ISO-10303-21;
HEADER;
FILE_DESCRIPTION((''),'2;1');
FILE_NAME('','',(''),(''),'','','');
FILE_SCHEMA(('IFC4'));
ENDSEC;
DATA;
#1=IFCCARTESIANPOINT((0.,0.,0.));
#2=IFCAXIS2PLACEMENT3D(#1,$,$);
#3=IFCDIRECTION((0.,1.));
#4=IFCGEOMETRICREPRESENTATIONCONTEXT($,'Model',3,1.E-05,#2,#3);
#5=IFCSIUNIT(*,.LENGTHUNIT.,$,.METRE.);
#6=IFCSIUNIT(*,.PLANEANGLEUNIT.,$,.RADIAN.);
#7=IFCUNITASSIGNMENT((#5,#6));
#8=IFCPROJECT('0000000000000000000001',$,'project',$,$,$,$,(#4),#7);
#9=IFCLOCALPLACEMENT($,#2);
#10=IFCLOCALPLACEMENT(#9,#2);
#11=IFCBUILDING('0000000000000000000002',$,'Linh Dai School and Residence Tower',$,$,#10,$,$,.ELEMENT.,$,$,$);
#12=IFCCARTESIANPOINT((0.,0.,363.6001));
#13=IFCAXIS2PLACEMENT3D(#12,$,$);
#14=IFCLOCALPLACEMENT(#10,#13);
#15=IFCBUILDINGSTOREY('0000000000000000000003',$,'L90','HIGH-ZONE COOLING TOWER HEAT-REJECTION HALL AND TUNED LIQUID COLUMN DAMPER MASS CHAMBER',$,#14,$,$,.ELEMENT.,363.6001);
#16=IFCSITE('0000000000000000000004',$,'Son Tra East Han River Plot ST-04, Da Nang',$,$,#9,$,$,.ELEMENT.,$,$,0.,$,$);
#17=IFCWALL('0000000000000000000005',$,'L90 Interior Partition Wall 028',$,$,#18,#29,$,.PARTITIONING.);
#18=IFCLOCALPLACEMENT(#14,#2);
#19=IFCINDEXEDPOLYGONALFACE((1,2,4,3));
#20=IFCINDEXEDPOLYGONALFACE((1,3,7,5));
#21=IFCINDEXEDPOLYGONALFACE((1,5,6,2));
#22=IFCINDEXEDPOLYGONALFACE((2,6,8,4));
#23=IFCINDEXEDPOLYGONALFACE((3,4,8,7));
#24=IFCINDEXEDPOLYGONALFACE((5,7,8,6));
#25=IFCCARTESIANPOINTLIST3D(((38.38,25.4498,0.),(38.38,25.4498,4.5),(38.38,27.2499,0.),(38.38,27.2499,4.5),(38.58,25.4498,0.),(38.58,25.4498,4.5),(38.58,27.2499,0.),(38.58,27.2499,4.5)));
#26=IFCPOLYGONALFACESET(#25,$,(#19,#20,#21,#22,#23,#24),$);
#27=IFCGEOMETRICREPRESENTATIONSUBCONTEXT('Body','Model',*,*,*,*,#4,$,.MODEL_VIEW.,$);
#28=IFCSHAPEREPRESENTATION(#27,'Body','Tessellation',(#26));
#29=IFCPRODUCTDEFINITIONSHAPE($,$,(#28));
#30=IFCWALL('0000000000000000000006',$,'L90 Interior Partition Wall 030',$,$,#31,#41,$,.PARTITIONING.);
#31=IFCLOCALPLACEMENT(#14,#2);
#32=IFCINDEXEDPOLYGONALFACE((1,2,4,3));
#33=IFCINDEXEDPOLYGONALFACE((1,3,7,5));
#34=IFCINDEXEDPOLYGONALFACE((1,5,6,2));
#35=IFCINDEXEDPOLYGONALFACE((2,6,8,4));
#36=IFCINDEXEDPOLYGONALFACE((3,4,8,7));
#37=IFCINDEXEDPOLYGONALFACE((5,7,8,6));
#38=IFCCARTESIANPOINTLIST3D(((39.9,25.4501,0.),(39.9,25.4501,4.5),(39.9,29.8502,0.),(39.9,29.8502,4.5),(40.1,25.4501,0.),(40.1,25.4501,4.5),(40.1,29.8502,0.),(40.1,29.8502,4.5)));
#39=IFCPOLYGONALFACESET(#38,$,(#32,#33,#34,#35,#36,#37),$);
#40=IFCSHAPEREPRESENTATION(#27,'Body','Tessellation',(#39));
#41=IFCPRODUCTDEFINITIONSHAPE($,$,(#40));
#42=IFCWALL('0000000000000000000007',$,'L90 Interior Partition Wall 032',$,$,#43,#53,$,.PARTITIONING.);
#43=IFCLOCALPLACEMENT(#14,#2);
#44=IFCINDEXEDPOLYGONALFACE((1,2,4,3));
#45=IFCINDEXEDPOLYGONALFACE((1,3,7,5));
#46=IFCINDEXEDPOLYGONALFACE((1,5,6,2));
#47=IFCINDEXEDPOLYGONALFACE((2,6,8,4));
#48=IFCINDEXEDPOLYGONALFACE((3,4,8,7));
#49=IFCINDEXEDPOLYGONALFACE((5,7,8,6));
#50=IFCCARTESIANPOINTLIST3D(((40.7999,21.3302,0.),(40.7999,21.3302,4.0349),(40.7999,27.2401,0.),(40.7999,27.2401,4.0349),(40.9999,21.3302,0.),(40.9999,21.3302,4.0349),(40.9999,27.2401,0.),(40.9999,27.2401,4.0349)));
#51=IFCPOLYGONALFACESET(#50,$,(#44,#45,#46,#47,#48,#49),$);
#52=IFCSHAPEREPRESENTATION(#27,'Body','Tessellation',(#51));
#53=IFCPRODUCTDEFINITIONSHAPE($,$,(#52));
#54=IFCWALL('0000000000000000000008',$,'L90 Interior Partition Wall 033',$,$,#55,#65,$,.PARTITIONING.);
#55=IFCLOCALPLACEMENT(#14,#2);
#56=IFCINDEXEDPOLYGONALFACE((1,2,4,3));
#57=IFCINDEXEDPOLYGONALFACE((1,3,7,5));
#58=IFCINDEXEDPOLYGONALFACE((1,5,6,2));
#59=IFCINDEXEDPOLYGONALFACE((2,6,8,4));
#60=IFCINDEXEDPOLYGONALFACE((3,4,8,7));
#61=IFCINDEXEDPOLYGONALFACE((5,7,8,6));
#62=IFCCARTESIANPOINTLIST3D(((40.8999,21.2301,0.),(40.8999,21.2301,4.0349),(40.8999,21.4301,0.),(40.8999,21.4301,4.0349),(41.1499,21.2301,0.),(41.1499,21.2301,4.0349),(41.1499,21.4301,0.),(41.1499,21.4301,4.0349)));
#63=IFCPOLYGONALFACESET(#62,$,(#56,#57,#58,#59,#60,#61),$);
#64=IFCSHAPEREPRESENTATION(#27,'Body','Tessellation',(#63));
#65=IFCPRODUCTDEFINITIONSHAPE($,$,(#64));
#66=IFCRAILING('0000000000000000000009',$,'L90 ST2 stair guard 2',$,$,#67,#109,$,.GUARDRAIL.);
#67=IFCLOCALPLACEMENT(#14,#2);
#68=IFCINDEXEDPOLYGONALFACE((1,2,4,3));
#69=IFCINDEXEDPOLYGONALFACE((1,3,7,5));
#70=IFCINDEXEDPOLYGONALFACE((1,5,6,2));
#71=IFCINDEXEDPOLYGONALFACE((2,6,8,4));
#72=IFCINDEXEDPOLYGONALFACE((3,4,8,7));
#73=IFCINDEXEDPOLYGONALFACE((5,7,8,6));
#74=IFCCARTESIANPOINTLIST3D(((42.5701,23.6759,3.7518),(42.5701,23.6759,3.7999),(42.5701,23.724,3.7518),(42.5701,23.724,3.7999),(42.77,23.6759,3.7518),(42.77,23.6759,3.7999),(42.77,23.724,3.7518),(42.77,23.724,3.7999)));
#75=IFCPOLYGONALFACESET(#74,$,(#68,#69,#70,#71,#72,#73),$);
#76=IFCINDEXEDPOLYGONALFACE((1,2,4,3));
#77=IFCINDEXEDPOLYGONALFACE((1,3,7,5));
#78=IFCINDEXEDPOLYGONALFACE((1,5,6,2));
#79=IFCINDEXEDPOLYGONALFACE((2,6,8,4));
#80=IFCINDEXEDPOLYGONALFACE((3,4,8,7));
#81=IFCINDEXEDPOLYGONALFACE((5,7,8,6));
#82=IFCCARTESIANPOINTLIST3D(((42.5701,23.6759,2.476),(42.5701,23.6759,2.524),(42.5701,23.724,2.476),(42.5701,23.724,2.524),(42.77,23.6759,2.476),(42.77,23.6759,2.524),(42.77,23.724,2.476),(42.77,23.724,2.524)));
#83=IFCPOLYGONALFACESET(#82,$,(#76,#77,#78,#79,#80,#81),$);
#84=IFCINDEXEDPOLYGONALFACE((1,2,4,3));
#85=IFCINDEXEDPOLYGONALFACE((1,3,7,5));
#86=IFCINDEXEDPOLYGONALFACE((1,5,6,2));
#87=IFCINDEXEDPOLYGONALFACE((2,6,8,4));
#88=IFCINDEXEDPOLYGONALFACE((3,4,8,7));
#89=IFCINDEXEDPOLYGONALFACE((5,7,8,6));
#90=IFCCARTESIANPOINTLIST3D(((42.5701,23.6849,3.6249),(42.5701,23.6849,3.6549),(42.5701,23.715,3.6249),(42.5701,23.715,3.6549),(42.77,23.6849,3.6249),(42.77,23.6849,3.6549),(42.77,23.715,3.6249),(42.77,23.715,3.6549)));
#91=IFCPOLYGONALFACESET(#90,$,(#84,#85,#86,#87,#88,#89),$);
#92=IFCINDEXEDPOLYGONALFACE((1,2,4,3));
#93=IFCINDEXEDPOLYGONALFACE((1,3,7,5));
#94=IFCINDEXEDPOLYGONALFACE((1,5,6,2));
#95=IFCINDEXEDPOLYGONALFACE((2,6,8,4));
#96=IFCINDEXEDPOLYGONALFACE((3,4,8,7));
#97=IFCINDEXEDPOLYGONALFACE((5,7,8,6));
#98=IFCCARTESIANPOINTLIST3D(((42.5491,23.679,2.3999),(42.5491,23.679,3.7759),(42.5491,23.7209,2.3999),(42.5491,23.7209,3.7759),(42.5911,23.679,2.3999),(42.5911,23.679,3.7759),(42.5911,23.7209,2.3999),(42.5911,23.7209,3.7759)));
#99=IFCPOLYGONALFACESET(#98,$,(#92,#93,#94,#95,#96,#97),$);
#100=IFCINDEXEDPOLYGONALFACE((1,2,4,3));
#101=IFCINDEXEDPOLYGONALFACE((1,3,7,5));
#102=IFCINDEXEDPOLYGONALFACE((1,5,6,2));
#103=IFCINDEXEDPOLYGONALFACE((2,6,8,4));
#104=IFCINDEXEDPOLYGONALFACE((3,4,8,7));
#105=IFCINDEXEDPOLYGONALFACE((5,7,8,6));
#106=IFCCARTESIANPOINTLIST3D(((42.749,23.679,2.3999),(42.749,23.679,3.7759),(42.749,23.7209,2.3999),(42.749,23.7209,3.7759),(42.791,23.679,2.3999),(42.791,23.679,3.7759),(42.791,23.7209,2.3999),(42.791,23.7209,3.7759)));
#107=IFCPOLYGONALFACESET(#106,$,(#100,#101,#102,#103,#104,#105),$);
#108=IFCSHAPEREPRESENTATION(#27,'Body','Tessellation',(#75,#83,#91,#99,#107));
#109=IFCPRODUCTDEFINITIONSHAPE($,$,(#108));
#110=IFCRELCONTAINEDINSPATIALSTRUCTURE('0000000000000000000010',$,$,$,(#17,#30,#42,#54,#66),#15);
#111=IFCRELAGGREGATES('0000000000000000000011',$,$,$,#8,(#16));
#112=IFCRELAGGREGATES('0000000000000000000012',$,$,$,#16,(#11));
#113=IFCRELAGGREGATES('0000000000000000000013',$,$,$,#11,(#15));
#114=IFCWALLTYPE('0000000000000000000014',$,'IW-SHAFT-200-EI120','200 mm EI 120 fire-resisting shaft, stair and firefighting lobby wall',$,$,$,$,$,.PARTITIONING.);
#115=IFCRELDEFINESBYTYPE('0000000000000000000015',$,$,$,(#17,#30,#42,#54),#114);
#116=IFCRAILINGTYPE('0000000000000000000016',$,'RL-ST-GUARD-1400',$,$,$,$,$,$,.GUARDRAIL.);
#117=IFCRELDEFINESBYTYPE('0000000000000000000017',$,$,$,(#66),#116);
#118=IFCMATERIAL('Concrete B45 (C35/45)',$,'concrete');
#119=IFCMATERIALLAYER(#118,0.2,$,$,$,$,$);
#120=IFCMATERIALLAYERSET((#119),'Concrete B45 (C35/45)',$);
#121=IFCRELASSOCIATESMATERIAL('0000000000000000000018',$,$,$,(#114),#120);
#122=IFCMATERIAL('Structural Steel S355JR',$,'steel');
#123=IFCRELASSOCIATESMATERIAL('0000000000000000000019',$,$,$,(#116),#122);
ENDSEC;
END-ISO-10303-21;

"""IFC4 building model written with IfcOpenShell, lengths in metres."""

from ifc_helpers import new_model, si_unit, direction, frame, frame_2d, origin, origin_2d, place, context, subcontext, project, spatial, rectangle, extrude, source, transform, mapped, material, layer, layer_set, type_object, element, save


model = new_model("IFC4")

# Units and contexts
model_context = context("Model", 3, precision=1e-05, world=origin(), true_north=direction((0.0, 1.0)))
body_context = subcontext(model_context, "Body", "Model", "MODEL_VIEW")
ifc_project = project(units=[si_unit("LENGTHUNIT", "METRE"), si_unit("PLANEANGLEUNIT", "RADIAN")], contexts=[model_context])

# Site, building, storey
site_placement = place(None, origin())
site = spatial("IfcSite", under=ifc_project, at=site_placement, Name="Son Tra East Han River Plot ST-04, Da Nang", CompositionType="ELEMENT", RefElevation=0.0)
building_placement = place(site_placement, origin())
building = spatial("IfcBuilding", under=site, at=building_placement, Name="Linh Dai School and Residence Tower", CompositionType="ELEMENT")
storey_placement = place(building_placement, frame((0.0, 0.0, 363.6001)))
storey = spatial("IfcBuildingStorey", under=building, at=storey_placement, Name="L90", Description="HIGH-ZONE COOLING TOWER HEAT-REJECTION HALL AND TUNED LIQUID COLUMN DAMPER MASS CHAMBER", CompositionType="ELEMENT", Elevation=363.6001)

# Shared definitions
ifc_material_1 = material(Name="Structural Steel S355JR", Category="steel")

# Shared definitions
ifc_material_2 = material(Name="Concrete B45 (C35/45)", Category="concrete")

# Walls
ifc_layer_1 = layer(ifc_material_2, 0.2)
ifc_layer_set_1 = layer_set([ifc_layer_1], Name="Concrete B45 (C35/45)")
wall_type_1 = type_object("IfcWallType", Name="IW-SHAFT-200-EI120", Description="200 mm EI 120 fire-resisting shaft, stair and firefighting lobby wall", PredefinedType="PARTITIONING", material=ifc_layer_set_1)
for number, where, z_axis, x_axis, name in (
    (1, (38.48, 25.45, 0.0), (0.0, 0.0, 1.0), (0.0, 1.0, 0.0), "L90 Interior Partition Wall 028"),
):
    element("IfcWall", number, at=place(storey_placement, frame(where, z_axis=z_axis, x_axis=x_axis)), inside=storey, type_object=wall_type_1, Name=name, PredefinedType="PARTITIONING", context=body_context, shape_type="SweptSolid", body=[
        extrude(rectangle(XDim=1.8, YDim=0.2, at=frame_2d((0.8999, 0.0))), origin(), (0.0, 0.0, 1.0), 4.5),
    ])
wall_1_placement = place(storey_placement, frame((40.0, 25.45, 0.0), z_axis=(0.0, 0.0, 1.0), x_axis=(0.0, 1.0, 0.0)))
element("IfcWall", 2, at=wall_1_placement, inside=storey, type_object=wall_type_1, Name="L90 Interior Partition Wall 030", PredefinedType="PARTITIONING", context=body_context, shape_type="SweptSolid", body=[
    extrude(rectangle(XDim=4.4001, YDim=0.2, at=frame_2d((2.2002, 0.0))), origin(), (0.0, 0.0, 1.0), 4.5),
])
wall_2_placement = place(storey_placement, frame((40.8999, 21.3301, 0.0), z_axis=(0.0, 0.0, 1.0), x_axis=(0.0, 1.0, 0.0)))
element("IfcWall", 3, at=wall_2_placement, inside=storey, type_object=wall_type_1, Name="L90 Interior Partition Wall 032", PredefinedType="PARTITIONING", context=body_context, shape_type="SweptSolid", body=[
    extrude(rectangle(XDim=5.9099, YDim=0.2, at=frame_2d((2.9551, 0.0))), origin(), (0.0, 0.0, 1.0), 4.0349),
])
wall_3_placement = place(storey_placement, frame((40.8999, 21.3301, 0.0), z_axis=(0.0, 0.0, 1.0), x_axis=(1.0, 0.0, 0.0)))
element("IfcWall", 4, at=wall_3_placement, inside=storey, type_object=wall_type_1, Name="L90 Interior Partition Wall 033", PredefinedType="PARTITIONING", context=body_context, shape_type="SweptSolid", body=[
    extrude(rectangle(XDim=0.25, YDim=0.2, at=frame_2d((0.125, 0.0))), origin(), (0.0, 0.0, 1.0), 4.0349),
])

# Railing
railing_type = type_object("IfcRailingType", Name="RL-ST-GUARD-1400", PredefinedType="GUARDRAIL", material=ifc_material_1)
shared_shape_1 = source(origin(), body_context, "Body", "SweptSolid", [
    extrude(rectangle(XDim=0.0481, YDim=0.0481, at=origin_2d()), frame((0.0, 0.0, 1.376), z_axis=(1.0, 0.0, 0.0), x_axis=(0.0, 1.0, 0.0)), (0.0, 0.0, 1.0), 0.2),
    extrude(rectangle(XDim=0.0481, YDim=0.0481, at=origin_2d()), frame((0.0, 0.0, 0.1001), z_axis=(1.0, 0.0, 0.0), x_axis=(0.0, 1.0, 0.0)), (0.0, 0.0, 1.0), 0.2),
    extrude(rectangle(XDim=0.03, YDim=0.03, at=origin_2d()), frame((0.0, 0.0, 1.24), z_axis=(1.0, 0.0, 0.0), x_axis=(0.0, 1.0, 0.0)), (0.0, 0.0, 1.0), 0.2),
    extrude(rectangle(XDim=0.042, YDim=0.042, at=origin_2d()), origin(), (0.0, 0.0, 1.0), 1.376),
    extrude(rectangle(XDim=0.042, YDim=0.042, at=origin_2d()), frame((0.2, 0.0, 0.0)), (0.0, 0.0, 1.0), 1.376),
])
railing_1_placement = place(storey_placement, frame((42.5701, 23.7, 2.3999)))
element("IfcRailing", 5, at=railing_1_placement, inside=storey, type_object=railing_type, Name="L90 ST2 stair guard 2", PredefinedType="GUARDRAIL", context=body_context, shape_type="MappedRepresentation", body=[
    mapped(shared_shape_1, transform((0.0, 0.0, 0.0), x_axis=(1.0, 0.0, 0.0), y_axis=(0.0, 1.0, 0.0), z_axis=(0.0, 0.0, 1.0), scale=1.0)),
])

save(model, "model.ifc")
